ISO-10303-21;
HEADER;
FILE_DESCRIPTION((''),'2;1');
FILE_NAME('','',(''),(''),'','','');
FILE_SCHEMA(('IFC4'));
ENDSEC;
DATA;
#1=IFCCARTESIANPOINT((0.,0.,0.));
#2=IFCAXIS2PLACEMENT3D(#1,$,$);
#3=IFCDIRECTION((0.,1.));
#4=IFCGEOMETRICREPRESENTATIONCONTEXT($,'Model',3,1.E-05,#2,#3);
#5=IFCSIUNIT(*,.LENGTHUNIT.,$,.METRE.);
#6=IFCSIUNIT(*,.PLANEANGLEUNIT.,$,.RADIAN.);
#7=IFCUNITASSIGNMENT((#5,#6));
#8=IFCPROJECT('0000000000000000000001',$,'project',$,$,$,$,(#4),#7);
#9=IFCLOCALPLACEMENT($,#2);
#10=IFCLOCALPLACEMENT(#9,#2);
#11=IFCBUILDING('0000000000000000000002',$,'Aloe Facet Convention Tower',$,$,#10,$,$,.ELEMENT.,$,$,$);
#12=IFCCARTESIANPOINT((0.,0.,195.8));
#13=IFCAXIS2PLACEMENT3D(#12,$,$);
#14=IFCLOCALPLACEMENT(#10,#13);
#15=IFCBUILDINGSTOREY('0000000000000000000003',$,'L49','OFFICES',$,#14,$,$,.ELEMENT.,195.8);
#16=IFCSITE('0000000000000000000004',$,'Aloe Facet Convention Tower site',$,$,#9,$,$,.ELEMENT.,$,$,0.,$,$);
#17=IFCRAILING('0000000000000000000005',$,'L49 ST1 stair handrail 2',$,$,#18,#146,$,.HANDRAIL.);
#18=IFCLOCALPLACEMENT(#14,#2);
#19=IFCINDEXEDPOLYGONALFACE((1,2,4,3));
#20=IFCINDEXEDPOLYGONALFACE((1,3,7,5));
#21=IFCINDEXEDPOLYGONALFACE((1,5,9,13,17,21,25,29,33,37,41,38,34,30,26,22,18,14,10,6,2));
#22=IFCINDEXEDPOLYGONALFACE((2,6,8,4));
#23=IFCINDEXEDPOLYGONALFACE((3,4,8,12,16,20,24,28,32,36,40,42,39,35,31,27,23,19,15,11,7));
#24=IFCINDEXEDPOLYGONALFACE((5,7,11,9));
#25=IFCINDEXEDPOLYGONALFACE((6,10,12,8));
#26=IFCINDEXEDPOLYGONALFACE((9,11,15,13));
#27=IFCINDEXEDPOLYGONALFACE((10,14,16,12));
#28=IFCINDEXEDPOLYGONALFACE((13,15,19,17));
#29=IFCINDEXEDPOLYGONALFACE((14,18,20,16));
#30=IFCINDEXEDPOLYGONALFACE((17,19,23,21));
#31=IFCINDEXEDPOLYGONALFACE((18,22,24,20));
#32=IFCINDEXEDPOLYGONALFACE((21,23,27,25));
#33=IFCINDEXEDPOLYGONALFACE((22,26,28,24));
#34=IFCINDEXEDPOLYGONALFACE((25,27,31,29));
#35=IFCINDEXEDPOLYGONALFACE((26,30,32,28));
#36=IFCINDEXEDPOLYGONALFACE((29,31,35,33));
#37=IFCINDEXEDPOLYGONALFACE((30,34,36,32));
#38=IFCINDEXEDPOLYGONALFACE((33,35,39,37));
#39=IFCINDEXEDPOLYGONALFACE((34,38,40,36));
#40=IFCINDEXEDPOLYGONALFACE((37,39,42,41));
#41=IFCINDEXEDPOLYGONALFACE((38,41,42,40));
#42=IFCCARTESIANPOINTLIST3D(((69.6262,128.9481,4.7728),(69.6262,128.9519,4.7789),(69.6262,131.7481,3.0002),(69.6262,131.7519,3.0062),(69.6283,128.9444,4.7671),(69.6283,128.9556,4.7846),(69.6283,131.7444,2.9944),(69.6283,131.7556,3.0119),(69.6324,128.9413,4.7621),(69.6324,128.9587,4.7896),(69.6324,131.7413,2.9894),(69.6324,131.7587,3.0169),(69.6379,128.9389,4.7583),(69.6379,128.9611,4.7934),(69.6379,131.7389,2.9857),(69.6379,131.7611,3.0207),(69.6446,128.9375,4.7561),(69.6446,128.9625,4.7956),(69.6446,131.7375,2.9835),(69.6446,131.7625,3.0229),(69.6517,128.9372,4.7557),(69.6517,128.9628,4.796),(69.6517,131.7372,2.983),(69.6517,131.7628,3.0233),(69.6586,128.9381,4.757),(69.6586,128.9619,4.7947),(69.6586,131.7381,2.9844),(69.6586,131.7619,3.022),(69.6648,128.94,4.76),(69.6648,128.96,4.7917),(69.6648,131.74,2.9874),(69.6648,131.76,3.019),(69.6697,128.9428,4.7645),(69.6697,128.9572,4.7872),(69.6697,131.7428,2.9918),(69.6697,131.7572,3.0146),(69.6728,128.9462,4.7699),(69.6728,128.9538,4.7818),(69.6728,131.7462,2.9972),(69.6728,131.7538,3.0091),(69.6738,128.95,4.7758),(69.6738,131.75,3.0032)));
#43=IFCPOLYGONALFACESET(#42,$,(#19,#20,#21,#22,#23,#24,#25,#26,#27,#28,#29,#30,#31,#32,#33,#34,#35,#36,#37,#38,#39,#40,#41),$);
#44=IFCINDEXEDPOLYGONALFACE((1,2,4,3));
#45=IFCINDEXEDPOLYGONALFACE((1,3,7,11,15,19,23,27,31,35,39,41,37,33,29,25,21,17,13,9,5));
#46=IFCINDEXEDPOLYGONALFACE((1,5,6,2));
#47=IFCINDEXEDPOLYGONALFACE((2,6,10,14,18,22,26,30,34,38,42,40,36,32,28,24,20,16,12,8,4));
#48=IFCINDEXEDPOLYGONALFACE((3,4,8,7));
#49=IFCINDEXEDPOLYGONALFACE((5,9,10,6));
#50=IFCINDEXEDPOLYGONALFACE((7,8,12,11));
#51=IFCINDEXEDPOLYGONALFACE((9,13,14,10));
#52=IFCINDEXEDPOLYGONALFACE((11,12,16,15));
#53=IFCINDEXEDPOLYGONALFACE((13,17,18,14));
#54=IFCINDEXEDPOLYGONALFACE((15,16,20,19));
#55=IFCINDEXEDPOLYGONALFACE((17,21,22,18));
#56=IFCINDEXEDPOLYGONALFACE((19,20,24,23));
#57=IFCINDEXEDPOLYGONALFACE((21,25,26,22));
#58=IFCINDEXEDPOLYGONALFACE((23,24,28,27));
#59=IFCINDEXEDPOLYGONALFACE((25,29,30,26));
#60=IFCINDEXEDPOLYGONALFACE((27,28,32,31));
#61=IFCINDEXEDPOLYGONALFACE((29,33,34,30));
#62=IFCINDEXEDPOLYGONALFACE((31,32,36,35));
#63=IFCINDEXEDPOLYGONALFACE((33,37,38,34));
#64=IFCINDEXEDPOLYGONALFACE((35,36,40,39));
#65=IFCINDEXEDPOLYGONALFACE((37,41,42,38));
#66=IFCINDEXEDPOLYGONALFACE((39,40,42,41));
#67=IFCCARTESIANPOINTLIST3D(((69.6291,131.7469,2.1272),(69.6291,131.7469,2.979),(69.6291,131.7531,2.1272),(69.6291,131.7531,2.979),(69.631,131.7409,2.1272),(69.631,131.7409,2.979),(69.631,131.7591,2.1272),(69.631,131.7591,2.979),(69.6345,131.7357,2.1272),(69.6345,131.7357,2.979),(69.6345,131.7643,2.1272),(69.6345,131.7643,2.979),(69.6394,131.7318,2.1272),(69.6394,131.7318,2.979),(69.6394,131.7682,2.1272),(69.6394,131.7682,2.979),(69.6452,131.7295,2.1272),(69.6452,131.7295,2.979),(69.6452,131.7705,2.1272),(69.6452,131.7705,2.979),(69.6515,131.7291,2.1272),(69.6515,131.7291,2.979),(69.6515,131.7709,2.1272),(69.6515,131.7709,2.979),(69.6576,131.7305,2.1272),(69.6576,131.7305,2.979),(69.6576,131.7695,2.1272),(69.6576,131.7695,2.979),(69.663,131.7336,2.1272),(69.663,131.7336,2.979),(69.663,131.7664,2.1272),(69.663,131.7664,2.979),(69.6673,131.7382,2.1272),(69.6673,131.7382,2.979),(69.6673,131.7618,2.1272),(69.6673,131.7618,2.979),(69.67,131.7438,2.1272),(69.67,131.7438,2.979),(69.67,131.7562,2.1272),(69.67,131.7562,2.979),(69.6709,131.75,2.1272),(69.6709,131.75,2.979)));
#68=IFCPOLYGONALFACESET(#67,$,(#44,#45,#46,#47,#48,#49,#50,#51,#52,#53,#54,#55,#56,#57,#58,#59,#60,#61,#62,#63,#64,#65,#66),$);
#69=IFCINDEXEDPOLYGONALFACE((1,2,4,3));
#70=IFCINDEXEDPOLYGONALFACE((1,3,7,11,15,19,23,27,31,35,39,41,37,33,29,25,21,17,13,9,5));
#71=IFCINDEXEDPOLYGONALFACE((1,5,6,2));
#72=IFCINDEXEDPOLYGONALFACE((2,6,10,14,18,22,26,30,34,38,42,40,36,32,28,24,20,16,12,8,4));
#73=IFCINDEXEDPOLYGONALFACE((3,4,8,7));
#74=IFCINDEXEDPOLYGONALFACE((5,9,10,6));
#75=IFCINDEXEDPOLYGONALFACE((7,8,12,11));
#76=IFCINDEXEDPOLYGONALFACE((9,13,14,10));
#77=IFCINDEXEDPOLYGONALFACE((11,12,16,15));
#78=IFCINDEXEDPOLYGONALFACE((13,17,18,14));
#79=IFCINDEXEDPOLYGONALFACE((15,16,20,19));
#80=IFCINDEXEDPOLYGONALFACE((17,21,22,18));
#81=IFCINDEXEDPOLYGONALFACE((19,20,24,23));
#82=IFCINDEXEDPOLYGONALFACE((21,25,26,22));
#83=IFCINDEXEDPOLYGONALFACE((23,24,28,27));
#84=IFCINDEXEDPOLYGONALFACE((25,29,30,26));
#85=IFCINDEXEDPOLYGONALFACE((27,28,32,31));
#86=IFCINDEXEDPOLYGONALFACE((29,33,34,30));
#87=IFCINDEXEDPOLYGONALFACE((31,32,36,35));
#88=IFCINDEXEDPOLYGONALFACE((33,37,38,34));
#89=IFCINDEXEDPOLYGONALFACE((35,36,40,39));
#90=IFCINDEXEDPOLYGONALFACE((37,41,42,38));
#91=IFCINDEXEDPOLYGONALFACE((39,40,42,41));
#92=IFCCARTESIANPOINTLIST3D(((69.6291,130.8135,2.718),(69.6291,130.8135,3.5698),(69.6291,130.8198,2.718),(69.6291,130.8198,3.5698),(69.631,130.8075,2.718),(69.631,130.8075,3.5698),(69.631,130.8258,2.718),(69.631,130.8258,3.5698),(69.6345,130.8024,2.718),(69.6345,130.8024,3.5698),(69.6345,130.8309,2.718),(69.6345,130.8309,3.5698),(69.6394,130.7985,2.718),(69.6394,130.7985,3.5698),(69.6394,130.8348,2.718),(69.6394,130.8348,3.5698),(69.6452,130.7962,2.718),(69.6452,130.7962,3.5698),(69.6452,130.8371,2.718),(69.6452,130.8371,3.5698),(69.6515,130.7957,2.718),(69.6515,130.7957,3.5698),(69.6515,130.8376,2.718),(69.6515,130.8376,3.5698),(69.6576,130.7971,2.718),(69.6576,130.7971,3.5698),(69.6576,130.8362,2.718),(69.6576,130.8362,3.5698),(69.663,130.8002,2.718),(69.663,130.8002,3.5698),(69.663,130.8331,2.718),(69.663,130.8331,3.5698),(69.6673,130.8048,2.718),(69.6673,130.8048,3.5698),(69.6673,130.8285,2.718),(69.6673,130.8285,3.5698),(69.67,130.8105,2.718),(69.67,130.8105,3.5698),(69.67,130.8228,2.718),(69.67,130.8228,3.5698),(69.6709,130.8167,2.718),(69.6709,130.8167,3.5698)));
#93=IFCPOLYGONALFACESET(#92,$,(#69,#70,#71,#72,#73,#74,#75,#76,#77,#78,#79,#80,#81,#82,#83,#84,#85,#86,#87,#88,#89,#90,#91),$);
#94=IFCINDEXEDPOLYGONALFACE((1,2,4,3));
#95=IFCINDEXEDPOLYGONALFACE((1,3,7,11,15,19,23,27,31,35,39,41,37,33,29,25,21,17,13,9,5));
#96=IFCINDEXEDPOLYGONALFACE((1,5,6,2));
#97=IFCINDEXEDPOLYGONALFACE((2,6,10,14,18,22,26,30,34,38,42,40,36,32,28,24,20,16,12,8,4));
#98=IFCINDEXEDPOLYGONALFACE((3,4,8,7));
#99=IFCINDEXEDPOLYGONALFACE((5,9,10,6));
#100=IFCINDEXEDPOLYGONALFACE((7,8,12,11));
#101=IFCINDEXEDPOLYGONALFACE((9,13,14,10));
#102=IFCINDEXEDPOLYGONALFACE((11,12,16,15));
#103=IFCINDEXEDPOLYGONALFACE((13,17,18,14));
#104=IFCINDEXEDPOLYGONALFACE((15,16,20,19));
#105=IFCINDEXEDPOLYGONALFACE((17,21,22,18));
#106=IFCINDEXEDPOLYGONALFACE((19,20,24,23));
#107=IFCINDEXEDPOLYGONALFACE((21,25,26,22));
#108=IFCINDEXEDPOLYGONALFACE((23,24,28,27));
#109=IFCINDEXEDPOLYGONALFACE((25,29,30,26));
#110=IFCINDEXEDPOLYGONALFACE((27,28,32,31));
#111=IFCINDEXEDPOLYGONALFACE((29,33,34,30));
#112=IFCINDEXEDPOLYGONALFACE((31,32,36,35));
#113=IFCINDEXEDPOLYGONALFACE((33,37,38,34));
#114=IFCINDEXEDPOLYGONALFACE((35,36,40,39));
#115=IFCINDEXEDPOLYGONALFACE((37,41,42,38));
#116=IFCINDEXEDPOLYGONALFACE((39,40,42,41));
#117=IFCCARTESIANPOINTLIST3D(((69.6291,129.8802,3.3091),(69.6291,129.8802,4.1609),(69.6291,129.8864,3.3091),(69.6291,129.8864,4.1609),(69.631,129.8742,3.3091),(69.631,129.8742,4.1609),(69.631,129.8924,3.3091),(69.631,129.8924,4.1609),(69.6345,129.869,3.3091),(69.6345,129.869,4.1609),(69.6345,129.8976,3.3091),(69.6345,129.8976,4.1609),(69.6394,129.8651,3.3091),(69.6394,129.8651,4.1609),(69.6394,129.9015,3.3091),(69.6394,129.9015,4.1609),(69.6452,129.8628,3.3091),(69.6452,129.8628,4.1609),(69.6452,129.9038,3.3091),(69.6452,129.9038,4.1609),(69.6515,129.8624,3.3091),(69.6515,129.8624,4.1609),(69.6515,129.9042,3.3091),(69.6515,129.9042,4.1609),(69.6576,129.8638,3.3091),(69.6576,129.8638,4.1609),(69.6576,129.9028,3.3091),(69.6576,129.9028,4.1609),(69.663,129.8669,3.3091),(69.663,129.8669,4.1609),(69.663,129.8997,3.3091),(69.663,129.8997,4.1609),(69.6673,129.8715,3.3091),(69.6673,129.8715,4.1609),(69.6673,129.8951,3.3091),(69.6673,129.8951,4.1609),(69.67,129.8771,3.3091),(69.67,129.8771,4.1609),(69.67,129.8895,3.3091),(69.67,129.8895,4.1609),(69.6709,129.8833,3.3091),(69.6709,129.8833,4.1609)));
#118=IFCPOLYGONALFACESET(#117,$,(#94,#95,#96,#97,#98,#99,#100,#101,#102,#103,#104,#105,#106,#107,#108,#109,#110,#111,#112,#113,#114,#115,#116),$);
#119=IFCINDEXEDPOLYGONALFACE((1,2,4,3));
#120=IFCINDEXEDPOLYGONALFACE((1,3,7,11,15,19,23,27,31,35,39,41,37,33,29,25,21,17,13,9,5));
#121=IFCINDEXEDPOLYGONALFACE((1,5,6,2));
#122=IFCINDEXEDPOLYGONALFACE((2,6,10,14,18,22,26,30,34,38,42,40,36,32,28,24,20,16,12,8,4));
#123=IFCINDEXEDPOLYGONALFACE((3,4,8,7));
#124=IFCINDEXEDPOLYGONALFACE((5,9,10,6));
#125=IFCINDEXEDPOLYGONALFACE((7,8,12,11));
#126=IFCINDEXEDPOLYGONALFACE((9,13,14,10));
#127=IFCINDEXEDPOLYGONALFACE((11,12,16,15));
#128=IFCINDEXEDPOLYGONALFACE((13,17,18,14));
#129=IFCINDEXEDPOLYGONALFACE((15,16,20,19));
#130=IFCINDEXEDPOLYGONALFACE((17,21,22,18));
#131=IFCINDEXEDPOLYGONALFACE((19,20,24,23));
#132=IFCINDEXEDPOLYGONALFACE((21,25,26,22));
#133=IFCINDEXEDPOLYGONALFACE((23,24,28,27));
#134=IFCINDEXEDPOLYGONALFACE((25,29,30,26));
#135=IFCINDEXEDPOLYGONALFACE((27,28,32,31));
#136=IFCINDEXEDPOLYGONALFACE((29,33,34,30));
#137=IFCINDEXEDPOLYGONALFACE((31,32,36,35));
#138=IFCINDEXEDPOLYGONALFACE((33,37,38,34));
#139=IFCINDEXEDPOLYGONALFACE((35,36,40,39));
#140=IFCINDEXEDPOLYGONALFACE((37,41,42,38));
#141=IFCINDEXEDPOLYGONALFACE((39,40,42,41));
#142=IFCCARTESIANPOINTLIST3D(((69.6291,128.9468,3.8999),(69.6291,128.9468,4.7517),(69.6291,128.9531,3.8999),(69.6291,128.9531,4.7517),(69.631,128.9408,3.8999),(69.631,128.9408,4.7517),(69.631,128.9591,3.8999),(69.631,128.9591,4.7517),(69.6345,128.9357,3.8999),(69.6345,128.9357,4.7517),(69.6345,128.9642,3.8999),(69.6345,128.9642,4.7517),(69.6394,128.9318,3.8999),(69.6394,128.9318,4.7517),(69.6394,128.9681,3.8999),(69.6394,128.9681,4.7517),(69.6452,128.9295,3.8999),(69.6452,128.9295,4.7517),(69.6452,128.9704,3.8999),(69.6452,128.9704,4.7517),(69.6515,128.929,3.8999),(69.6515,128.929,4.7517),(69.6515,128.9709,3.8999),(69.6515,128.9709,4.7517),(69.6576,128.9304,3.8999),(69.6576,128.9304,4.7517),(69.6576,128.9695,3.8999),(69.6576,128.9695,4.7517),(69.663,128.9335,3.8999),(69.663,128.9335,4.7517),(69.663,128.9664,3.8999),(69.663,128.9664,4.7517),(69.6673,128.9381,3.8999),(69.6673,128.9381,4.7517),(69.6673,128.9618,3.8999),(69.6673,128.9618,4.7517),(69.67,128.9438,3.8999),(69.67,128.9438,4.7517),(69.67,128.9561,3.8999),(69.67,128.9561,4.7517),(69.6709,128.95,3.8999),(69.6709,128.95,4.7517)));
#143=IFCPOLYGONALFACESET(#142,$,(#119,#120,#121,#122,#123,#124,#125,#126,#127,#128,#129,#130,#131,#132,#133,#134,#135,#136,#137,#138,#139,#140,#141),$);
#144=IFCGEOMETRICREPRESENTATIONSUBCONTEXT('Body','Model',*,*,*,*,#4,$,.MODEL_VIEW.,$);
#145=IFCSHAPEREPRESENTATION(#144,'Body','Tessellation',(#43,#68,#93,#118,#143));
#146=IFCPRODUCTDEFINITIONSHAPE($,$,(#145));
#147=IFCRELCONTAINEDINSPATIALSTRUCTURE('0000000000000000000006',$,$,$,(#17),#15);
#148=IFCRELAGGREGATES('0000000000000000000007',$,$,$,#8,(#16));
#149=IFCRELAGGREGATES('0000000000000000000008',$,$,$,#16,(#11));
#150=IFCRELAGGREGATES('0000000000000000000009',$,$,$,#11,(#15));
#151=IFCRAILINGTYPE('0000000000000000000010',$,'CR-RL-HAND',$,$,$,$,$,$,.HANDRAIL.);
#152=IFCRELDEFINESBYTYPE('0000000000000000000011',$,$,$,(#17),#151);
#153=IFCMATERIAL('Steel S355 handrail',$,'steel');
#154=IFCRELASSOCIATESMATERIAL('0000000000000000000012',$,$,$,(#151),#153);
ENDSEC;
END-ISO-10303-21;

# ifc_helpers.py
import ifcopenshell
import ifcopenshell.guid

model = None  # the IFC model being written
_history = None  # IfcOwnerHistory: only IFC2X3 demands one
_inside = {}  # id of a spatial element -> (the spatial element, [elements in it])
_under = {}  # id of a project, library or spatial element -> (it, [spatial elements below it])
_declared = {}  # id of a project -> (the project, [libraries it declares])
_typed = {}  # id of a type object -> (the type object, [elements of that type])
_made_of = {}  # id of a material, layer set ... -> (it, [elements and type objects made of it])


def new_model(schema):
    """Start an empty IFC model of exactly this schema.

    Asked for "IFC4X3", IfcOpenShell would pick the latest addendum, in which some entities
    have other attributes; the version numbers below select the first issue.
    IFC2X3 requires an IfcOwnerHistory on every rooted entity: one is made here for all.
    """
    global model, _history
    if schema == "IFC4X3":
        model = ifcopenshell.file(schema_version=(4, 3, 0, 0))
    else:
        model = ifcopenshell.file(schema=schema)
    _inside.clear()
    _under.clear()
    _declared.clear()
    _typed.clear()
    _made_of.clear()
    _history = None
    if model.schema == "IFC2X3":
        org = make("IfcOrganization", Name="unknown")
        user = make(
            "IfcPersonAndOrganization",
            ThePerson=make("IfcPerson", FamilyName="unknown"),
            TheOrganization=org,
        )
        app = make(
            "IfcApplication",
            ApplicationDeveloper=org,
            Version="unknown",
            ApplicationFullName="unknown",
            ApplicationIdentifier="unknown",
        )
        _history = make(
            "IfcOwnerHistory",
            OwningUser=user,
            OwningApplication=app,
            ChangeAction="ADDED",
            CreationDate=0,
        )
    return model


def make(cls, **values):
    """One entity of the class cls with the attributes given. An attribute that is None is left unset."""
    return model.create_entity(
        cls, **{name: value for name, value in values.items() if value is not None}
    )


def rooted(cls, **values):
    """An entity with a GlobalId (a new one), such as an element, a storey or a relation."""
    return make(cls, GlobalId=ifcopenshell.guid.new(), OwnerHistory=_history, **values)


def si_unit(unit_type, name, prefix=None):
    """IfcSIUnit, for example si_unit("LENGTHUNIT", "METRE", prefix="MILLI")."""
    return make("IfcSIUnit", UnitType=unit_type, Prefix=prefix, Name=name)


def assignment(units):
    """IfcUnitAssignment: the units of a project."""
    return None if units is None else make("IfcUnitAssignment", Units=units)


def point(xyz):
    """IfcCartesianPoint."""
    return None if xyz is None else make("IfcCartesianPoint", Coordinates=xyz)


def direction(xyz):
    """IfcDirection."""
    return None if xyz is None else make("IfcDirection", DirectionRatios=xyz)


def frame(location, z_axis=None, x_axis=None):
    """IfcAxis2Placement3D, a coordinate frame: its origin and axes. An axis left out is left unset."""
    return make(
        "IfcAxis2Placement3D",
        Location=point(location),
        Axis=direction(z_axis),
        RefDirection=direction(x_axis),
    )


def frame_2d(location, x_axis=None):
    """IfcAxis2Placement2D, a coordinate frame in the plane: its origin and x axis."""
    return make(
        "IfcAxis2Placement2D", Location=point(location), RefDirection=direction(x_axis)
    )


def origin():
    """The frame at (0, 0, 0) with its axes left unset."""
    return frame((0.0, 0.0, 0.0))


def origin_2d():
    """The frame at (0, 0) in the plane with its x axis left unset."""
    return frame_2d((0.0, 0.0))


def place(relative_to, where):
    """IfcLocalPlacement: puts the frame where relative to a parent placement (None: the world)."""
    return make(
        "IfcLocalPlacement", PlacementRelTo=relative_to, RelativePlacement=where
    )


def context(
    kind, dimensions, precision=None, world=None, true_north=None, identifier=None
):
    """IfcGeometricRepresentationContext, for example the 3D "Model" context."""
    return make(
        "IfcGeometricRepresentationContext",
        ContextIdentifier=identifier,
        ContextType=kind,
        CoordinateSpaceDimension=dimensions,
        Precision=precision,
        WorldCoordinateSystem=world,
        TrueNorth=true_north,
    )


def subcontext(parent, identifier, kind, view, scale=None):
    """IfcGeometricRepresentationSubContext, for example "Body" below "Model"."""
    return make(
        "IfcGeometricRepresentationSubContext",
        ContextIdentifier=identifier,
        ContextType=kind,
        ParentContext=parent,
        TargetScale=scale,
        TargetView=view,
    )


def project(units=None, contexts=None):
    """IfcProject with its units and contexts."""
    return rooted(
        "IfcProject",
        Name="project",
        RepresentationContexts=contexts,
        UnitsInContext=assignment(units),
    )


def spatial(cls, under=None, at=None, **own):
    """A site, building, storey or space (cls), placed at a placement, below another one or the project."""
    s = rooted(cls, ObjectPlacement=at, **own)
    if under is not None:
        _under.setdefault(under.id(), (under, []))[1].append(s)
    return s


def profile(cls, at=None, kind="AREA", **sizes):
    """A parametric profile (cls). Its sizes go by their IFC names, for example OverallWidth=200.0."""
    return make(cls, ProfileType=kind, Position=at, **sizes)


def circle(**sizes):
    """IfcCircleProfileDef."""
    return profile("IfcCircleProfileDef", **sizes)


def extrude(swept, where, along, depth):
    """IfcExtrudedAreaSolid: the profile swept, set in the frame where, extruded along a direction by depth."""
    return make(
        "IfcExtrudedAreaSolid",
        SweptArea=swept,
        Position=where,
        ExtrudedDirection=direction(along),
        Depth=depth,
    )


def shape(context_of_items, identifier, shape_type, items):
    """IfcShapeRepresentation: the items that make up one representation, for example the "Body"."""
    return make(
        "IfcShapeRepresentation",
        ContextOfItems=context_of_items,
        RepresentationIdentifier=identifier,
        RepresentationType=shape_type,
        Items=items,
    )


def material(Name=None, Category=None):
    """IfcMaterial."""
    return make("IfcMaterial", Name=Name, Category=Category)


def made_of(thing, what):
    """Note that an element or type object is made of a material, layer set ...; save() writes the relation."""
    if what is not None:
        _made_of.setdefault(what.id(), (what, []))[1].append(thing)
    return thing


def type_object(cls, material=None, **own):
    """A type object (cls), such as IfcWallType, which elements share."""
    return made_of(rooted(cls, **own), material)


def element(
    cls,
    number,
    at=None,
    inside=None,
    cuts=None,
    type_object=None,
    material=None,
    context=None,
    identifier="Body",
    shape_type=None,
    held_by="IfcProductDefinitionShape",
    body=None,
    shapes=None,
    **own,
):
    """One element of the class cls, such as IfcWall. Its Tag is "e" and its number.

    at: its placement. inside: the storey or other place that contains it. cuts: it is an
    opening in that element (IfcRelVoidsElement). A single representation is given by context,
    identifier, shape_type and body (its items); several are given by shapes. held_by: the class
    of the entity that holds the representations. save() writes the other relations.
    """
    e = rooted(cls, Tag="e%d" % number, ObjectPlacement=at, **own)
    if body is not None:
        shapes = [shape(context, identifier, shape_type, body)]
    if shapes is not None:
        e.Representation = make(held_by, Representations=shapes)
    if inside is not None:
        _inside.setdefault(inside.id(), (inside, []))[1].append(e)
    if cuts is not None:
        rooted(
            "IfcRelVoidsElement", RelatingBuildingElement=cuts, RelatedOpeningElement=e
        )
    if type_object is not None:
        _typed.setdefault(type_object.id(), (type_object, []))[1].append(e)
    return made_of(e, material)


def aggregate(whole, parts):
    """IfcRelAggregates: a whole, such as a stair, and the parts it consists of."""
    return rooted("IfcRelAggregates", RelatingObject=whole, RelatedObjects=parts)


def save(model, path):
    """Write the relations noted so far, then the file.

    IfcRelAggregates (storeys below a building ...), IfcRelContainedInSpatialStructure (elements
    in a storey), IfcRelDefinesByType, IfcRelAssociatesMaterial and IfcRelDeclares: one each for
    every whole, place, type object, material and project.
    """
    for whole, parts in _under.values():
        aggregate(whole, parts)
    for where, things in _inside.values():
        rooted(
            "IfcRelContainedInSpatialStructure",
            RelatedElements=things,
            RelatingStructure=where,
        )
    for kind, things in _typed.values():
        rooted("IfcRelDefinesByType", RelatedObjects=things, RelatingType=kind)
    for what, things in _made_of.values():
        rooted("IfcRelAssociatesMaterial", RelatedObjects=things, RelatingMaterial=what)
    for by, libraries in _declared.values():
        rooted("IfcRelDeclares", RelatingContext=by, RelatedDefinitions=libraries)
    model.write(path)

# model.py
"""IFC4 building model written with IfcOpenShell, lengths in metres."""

from ifc_helpers import new_model, si_unit, direction, frame, origin, origin_2d, place, context, subcontext, project, spatial, circle, extrude, material, type_object, element, save


model = new_model("IFC4")

# Units and contexts
model_context = context("Model", 3, precision=1e-05, world=origin(), true_north=direction((0.0, 1.0)))
body_context = subcontext(model_context, "Body", "Model", "MODEL_VIEW")
ifc_project = project(units=[si_unit("LENGTHUNIT", "METRE"), si_unit("PLANEANGLEUNIT", "RADIAN")], contexts=[model_context])

# Site, building, storey
site_placement = place(None, origin())
site = spatial("IfcSite", under=ifc_project, at=site_placement, Name="Aloe Facet Convention Tower site", CompositionType="ELEMENT", RefElevation=0.0)
building_placement = place(site_placement, origin())
building = spatial("IfcBuilding", under=site, at=building_placement, Name="Aloe Facet Convention Tower", CompositionType="ELEMENT")
storey_placement = place(building_placement, frame((0.0, 0.0, 195.8)))
storey = spatial("IfcBuildingStorey", under=building, at=storey_placement, Name="L49", Description="OFFICES", CompositionType="ELEMENT", Elevation=195.8)

# Railing
ifc_material_1 = material(Name="Steel S355 handrail", Category="steel")
railing_type_1 = type_object("IfcRailingType", Name="CR-RL-HAND", PredefinedType="HANDRAIL", material=ifc_material_1)
railing_1_placement = place(storey_placement, frame((69.6499, 131.75, 2.1272)))
element("IfcRailing", 1, at=railing_1_placement, inside=storey, type_object=railing_type_1, Name="L49 ST1 stair handrail 2", PredefinedType="HANDRAIL", context=body_context, shape_type="SweptSolid", body=[
    extrude(circle(Radius=0.0239, at=origin_2d()), frame((0.0, 0.0, 0.876), z_axis=(0.0, -0.844909, 0.53491), x_axis=(1.0, 0.0, 0.0)), (0.0, 0.0, 1.0), 3.314),
    extrude(circle(Radius=0.021, at=origin_2d()), origin(), (0.0, 0.0, 1.0), 0.8518),
    extrude(circle(Radius=0.021, at=origin_2d()), frame((0.0, -0.9333, 0.5908)), (0.0, 0.0, 1.0), 0.8518),
    extrude(circle(Radius=0.021, at=origin_2d()), frame((0.0, -1.8667, 1.1819)), (0.0, 0.0, 1.0), 0.8518),
    extrude(circle(Radius=0.021, at=origin_2d()), frame((0.0, -2.8, 1.7727)), (0.0, 0.0, 1.0), 0.8518),
])

save(model, "model.ifc")
